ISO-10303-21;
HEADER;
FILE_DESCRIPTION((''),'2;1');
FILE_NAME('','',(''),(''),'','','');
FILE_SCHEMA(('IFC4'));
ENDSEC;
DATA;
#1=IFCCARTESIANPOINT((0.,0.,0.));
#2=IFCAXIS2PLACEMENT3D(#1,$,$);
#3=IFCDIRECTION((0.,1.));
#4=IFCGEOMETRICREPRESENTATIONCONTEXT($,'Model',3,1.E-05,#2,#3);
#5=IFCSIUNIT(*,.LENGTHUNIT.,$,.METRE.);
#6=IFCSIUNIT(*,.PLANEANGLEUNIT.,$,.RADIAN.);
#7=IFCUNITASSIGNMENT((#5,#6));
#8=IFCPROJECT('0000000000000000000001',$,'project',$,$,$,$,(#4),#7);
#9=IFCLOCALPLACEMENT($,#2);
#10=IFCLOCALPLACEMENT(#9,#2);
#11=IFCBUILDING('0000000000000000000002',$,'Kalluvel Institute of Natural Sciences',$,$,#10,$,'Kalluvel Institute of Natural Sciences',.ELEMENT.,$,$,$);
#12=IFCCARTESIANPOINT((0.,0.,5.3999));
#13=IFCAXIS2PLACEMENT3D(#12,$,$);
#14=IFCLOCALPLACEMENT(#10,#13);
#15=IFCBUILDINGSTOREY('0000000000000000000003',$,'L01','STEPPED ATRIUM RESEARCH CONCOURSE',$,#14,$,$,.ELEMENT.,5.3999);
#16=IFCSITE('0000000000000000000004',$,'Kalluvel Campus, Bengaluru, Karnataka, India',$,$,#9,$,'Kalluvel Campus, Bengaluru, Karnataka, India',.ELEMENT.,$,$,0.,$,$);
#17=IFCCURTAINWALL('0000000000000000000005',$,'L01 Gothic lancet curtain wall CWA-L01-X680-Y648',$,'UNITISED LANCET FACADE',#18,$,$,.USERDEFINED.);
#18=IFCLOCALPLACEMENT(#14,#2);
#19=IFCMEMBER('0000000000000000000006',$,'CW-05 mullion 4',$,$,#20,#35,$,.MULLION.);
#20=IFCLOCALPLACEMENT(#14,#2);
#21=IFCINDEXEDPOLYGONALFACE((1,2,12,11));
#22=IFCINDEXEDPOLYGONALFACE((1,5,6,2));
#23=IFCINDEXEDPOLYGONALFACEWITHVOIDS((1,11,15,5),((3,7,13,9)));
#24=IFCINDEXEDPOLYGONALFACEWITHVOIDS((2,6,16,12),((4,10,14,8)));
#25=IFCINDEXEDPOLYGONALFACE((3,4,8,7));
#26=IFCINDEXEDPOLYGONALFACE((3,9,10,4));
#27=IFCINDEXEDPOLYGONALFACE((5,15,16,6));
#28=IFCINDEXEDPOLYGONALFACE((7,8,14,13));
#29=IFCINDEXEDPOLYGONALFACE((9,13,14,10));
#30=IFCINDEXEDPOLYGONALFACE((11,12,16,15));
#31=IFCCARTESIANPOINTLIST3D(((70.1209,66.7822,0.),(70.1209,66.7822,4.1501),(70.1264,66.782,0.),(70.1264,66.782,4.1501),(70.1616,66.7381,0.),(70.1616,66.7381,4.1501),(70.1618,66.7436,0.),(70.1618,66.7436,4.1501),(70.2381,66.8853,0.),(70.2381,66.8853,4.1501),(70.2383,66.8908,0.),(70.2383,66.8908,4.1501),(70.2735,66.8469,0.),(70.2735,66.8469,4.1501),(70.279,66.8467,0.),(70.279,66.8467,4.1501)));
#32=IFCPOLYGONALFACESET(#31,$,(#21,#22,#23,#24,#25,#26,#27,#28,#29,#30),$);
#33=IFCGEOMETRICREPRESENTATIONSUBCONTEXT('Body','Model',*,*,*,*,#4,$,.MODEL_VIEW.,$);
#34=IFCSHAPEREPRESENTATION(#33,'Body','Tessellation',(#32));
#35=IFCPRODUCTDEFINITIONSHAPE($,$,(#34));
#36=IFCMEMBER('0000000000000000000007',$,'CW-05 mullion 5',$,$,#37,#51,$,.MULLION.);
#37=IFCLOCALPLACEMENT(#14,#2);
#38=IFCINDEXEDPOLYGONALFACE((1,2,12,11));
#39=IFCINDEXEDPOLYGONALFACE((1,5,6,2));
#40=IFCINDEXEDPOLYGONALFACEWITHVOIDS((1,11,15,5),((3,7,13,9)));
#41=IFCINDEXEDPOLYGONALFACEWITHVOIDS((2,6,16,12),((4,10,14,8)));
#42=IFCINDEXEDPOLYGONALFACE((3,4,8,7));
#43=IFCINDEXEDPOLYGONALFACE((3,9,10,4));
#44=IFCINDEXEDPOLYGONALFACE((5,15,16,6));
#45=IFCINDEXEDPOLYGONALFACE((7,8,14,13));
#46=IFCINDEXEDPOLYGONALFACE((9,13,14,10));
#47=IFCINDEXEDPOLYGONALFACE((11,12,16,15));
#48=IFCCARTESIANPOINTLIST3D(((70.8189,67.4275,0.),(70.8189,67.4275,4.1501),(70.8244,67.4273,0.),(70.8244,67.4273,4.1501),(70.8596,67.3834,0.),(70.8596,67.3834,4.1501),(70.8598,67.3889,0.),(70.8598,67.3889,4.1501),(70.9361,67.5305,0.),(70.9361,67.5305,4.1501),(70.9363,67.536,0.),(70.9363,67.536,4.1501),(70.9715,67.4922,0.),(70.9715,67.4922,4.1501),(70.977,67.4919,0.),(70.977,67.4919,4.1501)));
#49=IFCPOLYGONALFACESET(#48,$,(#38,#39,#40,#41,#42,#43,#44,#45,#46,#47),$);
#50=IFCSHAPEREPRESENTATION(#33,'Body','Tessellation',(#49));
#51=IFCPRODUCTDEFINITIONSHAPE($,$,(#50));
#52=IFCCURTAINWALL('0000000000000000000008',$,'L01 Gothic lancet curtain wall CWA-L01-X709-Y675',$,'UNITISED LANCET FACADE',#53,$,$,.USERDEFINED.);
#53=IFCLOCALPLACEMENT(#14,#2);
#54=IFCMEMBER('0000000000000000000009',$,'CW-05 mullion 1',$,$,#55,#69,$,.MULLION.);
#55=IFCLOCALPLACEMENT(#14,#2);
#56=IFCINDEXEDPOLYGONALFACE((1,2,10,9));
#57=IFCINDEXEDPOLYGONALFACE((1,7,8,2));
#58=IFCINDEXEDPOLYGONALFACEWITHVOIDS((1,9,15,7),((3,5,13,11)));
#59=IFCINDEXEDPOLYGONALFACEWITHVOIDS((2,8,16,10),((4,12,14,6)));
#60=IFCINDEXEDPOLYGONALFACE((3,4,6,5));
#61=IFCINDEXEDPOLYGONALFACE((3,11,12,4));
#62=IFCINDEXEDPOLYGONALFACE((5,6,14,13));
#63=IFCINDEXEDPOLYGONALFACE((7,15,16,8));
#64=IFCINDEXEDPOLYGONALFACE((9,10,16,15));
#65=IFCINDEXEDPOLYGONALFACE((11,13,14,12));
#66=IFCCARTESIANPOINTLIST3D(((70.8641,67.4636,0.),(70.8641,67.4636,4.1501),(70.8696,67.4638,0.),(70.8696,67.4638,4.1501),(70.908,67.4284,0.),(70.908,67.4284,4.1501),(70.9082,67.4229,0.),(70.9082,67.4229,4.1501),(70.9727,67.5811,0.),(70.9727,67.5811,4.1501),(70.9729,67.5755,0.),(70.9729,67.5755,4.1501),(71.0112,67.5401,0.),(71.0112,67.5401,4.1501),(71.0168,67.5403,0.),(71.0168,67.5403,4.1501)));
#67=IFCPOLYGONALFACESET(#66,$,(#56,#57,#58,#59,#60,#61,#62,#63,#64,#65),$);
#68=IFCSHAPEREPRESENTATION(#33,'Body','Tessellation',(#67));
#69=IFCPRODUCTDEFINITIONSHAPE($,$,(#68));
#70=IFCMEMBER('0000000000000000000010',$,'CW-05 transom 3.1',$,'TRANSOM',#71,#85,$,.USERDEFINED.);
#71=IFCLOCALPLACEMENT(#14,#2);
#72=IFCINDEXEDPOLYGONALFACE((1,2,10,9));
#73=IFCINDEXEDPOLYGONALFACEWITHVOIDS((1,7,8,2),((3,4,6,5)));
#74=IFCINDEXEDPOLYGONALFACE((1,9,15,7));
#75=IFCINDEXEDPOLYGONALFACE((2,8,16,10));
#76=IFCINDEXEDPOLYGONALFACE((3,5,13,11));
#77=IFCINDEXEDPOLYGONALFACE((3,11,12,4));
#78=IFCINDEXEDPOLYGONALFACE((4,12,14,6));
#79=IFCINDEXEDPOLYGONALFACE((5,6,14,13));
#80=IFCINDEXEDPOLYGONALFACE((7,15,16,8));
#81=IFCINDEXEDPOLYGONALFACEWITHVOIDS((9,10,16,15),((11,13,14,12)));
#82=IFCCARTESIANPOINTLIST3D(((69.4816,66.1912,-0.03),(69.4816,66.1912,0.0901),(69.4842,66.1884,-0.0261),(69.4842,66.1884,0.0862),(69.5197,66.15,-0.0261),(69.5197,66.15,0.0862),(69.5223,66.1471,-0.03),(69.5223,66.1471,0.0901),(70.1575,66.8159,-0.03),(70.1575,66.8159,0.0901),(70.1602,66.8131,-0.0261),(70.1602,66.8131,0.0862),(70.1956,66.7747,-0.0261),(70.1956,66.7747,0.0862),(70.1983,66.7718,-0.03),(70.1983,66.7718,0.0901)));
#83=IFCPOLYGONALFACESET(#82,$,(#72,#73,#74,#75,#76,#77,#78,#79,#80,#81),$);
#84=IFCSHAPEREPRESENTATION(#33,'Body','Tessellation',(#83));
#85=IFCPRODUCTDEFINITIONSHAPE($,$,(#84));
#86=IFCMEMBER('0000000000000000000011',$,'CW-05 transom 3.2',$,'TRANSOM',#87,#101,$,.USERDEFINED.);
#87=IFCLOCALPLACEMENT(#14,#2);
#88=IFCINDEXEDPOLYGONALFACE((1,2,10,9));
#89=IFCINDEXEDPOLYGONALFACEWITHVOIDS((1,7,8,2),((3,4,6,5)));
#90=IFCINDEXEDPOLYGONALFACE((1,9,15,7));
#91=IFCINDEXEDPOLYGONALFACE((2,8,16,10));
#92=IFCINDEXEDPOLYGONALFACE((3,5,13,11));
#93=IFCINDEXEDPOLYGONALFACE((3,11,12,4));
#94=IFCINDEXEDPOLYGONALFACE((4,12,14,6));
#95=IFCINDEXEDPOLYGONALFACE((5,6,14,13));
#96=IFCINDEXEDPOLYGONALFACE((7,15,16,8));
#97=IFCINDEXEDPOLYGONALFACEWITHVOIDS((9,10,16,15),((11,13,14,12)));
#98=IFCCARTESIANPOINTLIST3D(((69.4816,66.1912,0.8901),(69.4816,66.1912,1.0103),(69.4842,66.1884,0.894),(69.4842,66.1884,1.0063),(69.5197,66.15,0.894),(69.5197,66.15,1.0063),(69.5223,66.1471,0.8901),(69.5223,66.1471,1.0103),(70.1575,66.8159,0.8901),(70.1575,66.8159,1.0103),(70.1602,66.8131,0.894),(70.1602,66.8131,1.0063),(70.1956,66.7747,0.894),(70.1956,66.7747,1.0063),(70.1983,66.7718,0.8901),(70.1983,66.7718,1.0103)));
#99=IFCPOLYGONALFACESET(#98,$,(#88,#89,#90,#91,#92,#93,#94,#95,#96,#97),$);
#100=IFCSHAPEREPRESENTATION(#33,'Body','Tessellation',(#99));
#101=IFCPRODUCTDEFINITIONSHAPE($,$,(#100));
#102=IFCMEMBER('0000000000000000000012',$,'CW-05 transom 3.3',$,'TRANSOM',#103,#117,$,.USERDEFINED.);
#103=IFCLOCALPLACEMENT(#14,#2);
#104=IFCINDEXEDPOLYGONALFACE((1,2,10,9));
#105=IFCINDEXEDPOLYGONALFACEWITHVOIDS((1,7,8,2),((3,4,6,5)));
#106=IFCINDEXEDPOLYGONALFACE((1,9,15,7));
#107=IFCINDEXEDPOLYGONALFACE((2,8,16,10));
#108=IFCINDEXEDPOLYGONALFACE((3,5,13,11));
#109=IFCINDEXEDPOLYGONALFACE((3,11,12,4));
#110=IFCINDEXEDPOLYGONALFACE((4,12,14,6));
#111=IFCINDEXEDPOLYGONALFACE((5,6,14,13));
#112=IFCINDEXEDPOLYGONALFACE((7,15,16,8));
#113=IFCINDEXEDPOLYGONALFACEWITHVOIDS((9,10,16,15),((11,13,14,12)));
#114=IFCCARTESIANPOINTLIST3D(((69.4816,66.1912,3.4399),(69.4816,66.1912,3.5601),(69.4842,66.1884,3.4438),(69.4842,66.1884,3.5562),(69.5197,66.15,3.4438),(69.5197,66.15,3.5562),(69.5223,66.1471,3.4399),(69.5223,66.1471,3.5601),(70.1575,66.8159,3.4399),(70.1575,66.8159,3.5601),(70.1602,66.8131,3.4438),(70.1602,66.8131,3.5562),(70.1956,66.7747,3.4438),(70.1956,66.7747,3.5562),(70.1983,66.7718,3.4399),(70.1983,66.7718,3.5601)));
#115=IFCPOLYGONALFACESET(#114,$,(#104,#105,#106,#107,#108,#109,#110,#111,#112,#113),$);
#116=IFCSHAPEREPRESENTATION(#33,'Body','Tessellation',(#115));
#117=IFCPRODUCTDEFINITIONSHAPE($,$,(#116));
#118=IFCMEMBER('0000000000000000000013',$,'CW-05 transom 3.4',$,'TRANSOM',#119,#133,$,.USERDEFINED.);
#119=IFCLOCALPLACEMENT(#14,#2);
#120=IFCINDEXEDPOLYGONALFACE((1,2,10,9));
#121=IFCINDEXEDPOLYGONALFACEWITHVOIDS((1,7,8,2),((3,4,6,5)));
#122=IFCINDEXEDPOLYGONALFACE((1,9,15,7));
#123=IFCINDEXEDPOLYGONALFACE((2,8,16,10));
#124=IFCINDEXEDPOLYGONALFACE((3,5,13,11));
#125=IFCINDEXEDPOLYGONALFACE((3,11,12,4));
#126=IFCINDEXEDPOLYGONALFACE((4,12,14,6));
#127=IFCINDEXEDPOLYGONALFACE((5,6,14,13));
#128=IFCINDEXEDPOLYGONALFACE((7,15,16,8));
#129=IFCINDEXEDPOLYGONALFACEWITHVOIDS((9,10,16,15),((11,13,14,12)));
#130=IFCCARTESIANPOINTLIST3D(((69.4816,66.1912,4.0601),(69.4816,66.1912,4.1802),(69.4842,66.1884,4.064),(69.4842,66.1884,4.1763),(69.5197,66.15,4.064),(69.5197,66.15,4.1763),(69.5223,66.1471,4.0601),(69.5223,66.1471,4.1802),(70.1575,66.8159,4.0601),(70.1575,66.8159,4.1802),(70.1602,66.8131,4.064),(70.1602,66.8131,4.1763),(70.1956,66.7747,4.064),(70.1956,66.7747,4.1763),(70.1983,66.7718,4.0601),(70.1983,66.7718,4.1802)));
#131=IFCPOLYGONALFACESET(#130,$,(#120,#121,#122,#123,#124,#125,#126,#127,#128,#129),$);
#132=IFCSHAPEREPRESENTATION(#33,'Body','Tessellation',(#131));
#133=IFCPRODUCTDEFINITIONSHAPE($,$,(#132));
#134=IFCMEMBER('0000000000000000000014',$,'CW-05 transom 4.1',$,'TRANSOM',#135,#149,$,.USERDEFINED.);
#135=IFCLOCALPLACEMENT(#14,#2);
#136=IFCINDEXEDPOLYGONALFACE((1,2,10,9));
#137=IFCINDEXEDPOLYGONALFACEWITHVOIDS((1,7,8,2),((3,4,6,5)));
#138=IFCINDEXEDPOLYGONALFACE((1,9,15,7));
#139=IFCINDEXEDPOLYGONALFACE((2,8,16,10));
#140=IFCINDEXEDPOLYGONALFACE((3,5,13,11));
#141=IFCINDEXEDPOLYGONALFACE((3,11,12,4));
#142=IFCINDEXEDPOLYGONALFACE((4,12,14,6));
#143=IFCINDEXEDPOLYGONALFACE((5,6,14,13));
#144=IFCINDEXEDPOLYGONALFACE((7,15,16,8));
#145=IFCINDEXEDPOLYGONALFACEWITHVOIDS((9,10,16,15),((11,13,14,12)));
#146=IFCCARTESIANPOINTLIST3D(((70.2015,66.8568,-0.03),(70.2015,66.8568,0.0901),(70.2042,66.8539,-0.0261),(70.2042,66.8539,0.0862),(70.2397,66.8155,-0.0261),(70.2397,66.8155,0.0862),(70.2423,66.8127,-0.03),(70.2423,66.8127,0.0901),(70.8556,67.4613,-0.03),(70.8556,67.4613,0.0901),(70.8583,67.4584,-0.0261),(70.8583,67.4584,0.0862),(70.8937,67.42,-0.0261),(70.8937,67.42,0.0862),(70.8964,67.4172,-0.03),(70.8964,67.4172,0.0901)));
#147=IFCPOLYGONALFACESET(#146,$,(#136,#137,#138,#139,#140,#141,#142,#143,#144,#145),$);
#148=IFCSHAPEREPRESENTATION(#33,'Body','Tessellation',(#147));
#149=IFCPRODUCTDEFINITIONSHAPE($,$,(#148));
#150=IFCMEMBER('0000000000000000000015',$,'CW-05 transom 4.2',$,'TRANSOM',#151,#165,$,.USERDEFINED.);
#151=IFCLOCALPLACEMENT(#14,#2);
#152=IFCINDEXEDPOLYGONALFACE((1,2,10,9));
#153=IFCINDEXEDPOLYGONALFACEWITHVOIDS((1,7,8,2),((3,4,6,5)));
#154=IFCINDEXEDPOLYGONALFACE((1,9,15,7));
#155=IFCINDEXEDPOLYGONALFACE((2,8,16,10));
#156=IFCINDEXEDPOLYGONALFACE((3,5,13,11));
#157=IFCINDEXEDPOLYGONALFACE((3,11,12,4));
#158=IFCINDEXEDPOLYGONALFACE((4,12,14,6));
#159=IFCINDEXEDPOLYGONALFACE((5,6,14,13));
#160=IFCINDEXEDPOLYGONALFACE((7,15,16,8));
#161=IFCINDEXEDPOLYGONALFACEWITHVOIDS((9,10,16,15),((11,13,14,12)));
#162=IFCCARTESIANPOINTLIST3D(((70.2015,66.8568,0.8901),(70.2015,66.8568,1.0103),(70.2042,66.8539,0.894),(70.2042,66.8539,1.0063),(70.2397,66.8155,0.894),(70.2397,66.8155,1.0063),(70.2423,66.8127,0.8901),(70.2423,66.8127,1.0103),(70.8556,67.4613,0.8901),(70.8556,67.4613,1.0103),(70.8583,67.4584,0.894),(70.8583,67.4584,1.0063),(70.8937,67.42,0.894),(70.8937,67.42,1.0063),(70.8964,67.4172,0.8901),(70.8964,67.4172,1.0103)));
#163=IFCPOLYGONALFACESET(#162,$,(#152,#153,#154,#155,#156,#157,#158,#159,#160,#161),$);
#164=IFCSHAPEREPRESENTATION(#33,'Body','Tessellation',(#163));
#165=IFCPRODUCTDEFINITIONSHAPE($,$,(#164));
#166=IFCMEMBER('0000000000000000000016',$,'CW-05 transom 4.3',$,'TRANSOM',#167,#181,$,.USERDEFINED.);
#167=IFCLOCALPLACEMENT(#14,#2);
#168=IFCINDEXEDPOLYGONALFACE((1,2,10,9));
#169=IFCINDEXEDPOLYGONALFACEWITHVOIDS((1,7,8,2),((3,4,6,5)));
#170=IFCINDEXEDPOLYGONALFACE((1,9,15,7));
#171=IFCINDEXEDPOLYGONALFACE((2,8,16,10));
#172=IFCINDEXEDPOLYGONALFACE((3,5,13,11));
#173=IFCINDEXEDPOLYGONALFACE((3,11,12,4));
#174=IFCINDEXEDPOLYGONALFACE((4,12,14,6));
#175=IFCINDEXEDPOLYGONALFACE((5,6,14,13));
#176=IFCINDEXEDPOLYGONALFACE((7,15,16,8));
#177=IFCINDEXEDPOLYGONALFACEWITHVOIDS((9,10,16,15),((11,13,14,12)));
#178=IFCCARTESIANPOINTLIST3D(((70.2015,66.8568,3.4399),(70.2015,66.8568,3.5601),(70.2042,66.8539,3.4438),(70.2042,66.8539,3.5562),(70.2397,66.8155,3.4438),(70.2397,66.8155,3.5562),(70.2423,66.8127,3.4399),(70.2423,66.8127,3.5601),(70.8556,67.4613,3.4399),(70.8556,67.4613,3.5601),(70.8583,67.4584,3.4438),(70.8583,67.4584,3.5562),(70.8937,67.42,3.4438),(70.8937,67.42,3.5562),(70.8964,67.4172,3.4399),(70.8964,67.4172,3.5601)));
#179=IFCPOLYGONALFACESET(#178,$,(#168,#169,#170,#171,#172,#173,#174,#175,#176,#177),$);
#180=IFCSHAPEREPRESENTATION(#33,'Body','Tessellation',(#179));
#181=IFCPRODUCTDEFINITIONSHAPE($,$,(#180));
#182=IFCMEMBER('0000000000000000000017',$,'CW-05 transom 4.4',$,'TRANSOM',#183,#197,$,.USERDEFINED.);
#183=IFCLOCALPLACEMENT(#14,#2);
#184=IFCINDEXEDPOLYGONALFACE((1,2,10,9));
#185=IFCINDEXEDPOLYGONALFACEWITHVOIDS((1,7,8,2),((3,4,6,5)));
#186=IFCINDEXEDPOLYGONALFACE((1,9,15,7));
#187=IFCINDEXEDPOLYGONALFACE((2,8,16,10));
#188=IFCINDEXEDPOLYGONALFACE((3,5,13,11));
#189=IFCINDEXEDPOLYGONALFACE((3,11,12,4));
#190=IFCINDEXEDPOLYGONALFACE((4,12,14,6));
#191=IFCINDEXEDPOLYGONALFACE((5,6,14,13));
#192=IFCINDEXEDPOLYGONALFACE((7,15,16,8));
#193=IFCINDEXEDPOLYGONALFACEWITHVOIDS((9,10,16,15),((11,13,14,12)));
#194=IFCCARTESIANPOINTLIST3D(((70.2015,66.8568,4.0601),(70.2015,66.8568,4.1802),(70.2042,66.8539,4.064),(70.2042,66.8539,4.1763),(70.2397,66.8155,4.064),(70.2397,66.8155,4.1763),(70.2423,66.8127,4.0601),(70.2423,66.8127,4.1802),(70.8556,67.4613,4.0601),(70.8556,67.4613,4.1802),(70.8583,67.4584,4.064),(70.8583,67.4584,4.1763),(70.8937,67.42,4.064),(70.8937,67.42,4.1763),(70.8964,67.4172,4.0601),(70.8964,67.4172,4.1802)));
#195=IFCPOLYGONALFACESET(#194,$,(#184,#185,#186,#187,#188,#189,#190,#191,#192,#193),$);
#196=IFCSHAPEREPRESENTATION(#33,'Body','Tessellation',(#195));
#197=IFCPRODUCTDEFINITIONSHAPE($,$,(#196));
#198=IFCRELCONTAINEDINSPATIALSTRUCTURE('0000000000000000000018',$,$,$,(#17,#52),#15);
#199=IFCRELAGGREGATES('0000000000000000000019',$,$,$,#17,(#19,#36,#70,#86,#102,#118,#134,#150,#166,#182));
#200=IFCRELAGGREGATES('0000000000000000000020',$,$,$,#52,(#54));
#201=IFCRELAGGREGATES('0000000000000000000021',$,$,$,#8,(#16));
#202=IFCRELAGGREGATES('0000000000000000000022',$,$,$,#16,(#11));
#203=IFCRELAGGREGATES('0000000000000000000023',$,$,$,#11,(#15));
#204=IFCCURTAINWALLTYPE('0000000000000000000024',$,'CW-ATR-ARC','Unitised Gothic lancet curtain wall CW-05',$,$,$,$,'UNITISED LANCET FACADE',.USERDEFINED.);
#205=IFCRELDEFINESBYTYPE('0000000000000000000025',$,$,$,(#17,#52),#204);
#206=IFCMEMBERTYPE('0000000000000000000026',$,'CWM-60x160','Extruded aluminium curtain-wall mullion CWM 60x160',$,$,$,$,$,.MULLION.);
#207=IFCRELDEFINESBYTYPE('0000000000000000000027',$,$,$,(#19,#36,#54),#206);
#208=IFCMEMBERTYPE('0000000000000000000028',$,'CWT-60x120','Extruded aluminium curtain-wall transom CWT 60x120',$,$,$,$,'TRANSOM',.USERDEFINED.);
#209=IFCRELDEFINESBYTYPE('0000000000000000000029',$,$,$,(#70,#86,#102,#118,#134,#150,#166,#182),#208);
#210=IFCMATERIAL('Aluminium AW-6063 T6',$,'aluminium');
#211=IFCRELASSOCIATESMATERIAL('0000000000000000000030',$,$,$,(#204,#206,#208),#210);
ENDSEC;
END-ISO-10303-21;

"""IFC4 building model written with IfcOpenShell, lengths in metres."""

from ifc_helpers import new_model, si_unit, direction, frame, origin, origin_2d, place, context, subcontext, project, spatial, hollow_rectangle, extrude, material, material_profile, profile_set, type_object, element, aggregate, save


model = new_model("IFC4")

# Units and contexts
model_context = context("Model", 3, precision=1e-05, world=origin(), true_north=direction((0.0, 1.0)))
body_context = subcontext(model_context, "Body", "Model", "MODEL_VIEW")
ifc_project = project(units=[si_unit("LENGTHUNIT", "METRE"), si_unit("PLANEANGLEUNIT", "RADIAN")], contexts=[model_context])

# Site, building, storey
site_placement = place(None, origin())
site = spatial("IfcSite", under=ifc_project, at=site_placement, Name="Kalluvel Campus, Bengaluru, Karnataka, India", LongName="Kalluvel Campus, Bengaluru, Karnataka, India", CompositionType="ELEMENT", RefElevation=0.0)
building_placement = place(site_placement, origin())
building = spatial("IfcBuilding", under=site, at=building_placement, Name="Kalluvel Institute of Natural Sciences", LongName="Kalluvel Institute of Natural Sciences", CompositionType="ELEMENT")
storey_placement = place(building_placement, frame((0.0, 0.0, 5.3999)))
storey = spatial("IfcBuildingStorey", under=building, at=storey_placement, Name="L01", Description="STEPPED ATRIUM RESEARCH CONCOURSE", CompositionType="ELEMENT", Elevation=5.3999)

# Curtain wall, members
ifc_material_1 = material(Name="Aluminium AW-6063 T6", Category="aluminium")
curtain_wall_type = type_object("IfcCurtainWallType", Name="CW-ATR-ARC", Description="Unitised Gothic lancet curtain wall CW-05", ElementType="UNITISED LANCET FACADE", PredefinedType="USERDEFINED", material=ifc_material_1)
curtain_wall_1_placement = place(storey_placement, origin())
curtain_wall_1 = element("IfcCurtainWall", 1, at=curtain_wall_1_placement, inside=storey, type_object=curtain_wall_type, Name="L01 Gothic lancet curtain wall CWA-L01-X680-Y648", ObjectType="UNITISED LANCET FACADE", PredefinedType="USERDEFINED")
ifc_material_profile_1 = material_profile(ifc_material_1, hollow_rectangle(XDim=0.0601, YDim=0.1599, WallThickness=0.0039, at=origin_2d()), Name="CWM 60x160")
ifc_profile_set_1 = profile_set([ifc_material_profile_1], Name="Aluminium AW-6063 T6")
member_type_1 = type_object("IfcMemberType", Name="CWM-60x160", Description="Extruded aluminium curtain-wall mullion CWM 60x160", PredefinedType="MULLION", material=ifc_profile_set_1)
member_1_placement = place(storey_placement, frame((70.2, 66.8145, 0.0), z_axis=(0.0, 0.0, 1.0), x_axis=(-0.678796, 0.734327, 0.0)))
member_1 = element("IfcMember", 2, at=member_1_placement, type_object=member_type_1, Name="CW-05 mullion 4", PredefinedType="MULLION", context=body_context, shape_type="SweptSolid", body=[
    extrude(hollow_rectangle(XDim=0.0601, YDim=0.1599, WallThickness=0.0039, at=origin_2d()), origin(), (0.0, 0.0, 1.0), 4.1501),
])
member_2_placement = place(storey_placement, frame((70.8979, 67.4597, 0.0), z_axis=(0.0, 0.0, 1.0), x_axis=(-0.678796, 0.734327, 0.0)))
member_2 = element("IfcMember", 3, at=member_2_placement, type_object=member_type_1, Name="CW-05 mullion 5", PredefinedType="MULLION", context=body_context, shape_type="SweptSolid", body=[
    extrude(hollow_rectangle(XDim=0.0601, YDim=0.1599, WallThickness=0.0039, at=origin_2d()), origin(), (0.0, 0.0, 1.0), 4.1501),
])

# Curtain wall, member
curtain_wall_2_placement = place(storey_placement, origin())
curtain_wall_2 = element("IfcCurtainWall", 4, at=curtain_wall_2_placement, inside=storey, type_object=curtain_wall_type, Name="L01 Gothic lancet curtain wall CWA-L01-X709-Y675", ObjectType="UNITISED LANCET FACADE", PredefinedType="USERDEFINED")
member_3_placement = place(storey_placement, frame((70.9404, 67.502, 0.0), z_axis=(0.0, 0.0, 1.0), x_axis=(-0.734327, 0.678796, 0.0)))
member_3 = element("IfcMember", 5, at=member_3_placement, type_object=member_type_1, Name="CW-05 mullion 1", PredefinedType="MULLION", context=body_context, shape_type="SweptSolid", body=[
    extrude(hollow_rectangle(XDim=0.0601, YDim=0.1599, WallThickness=0.0039, at=origin_2d()), origin(), (0.0, 0.0, 1.0), 4.1501),
])

# Members
ifc_material_profile_2 = material_profile(ifc_material_1, hollow_rectangle(XDim=0.0601, YDim=0.1201, WallThickness=0.0039, at=origin_2d()), Name="CWT 60x120")
ifc_profile_set_2 = profile_set([ifc_material_profile_2], Name="Aluminium AW-6063 T6")
member_type_2 = type_object("IfcMemberType", Name="CWT-60x120", Description="Extruded aluminium curtain-wall transom CWT 60x120", ElementType="TRANSOM", PredefinedType="USERDEFINED", material=ifc_profile_set_2)
member_4_placement = place(storey_placement, frame((69.502, 66.1692, 0.03), z_axis=(0.734407, 0.67871, 0.0), x_axis=(-0.67871, 0.734407, 0.0)))
member_4 = element("IfcMember", 6, at=member_4_placement, type_object=member_type_2, Name="CW-05 transom 3.1", ObjectType="TRANSOM", PredefinedType="USERDEFINED", context=body_context, shape_type="SweptSolid", body=[
    extrude(hollow_rectangle(XDim=0.0601, YDim=0.1201, WallThickness=0.0039, at=origin_2d()), origin(), (0.0, 0.0, 1.0), 0.9204),
])
member_5_placement = place(storey_placement, frame((69.502, 66.1692, 0.9502), z_axis=(0.734407, 0.67871, 0.0), x_axis=(-0.67871, 0.734407, 0.0)))
member_5 = element("IfcMember", 7, at=member_5_placement, type_object=member_type_2, Name="CW-05 transom 3.2", ObjectType="TRANSOM", PredefinedType="USERDEFINED", context=body_context, shape_type="SweptSolid", body=[
    extrude(hollow_rectangle(XDim=0.0601, YDim=0.1201, WallThickness=0.0039, at=origin_2d()), origin(), (0.0, 0.0, 1.0), 0.9204),
])
member_6_placement = place(storey_placement, frame((69.502, 66.1692, 3.5), z_axis=(0.734407, 0.67871, 0.0), x_axis=(-0.67871, 0.734407, 0.0)))
member_6 = element("IfcMember", 8, at=member_6_placement, type_object=member_type_2, Name="CW-05 transom 3.3", ObjectType="TRANSOM", PredefinedType="USERDEFINED", context=body_context, shape_type="SweptSolid", body=[
    extrude(hollow_rectangle(XDim=0.0601, YDim=0.1201, WallThickness=0.0039, at=origin_2d()), origin(), (0.0, 0.0, 1.0), 0.9204),
])
member_7_placement = place(storey_placement, frame((69.502, 66.1692, 4.1201), z_axis=(0.734407, 0.67871, 0.0), x_axis=(-0.67871, 0.734407, 0.0)))
member_7 = element("IfcMember", 9, at=member_7_placement, type_object=member_type_2, Name="CW-05 transom 3.4", ObjectType="TRANSOM", PredefinedType="USERDEFINED", context=body_context, shape_type="SweptSolid", body=[
    extrude(hollow_rectangle(XDim=0.0601, YDim=0.1201, WallThickness=0.0039, at=origin_2d()), origin(), (0.0, 0.0, 1.0), 0.9204),
])
member_8_placement = place(storey_placement, frame((70.2219, 66.8347, 0.03), z_axis=(0.734383, 0.678735, 0.0), x_axis=(-0.678735, 0.734383, 0.0)))
member_8 = element("IfcMember", 10, at=member_8_placement, type_object=member_type_2, Name="CW-05 transom 4.1", ObjectType="TRANSOM", PredefinedType="USERDEFINED", context=body_context, shape_type="SweptSolid", body=[
    extrude(hollow_rectangle(XDim=0.0601, YDim=0.1201, WallThickness=0.0039, at=origin_2d()), origin(), (0.0, 0.0, 1.0), 0.8906),
])
member_9_placement = place(storey_placement, frame((70.2219, 66.8347, 0.9502), z_axis=(0.734383, 0.678735, 0.0), x_axis=(-0.678735, 0.734383, 0.0)))
member_9 = element("IfcMember", 11, at=member_9_placement, type_object=member_type_2, Name="CW-05 transom 4.2", ObjectType="TRANSOM", PredefinedType="USERDEFINED", context=body_context, shape_type="SweptSolid", body=[
    extrude(hollow_rectangle(XDim=0.0601, YDim=0.1201, WallThickness=0.0039, at=origin_2d()), origin(), (0.0, 0.0, 1.0), 0.8906),
])
member_10_placement = place(storey_placement, frame((70.2219, 66.8347, 3.5), z_axis=(0.734383, 0.678735, 0.0), x_axis=(-0.678735, 0.734383, 0.0)))
member_10 = element("IfcMember", 12, at=member_10_placement, type_object=member_type_2, Name="CW-05 transom 4.3", ObjectType="TRANSOM", PredefinedType="USERDEFINED", context=body_context, shape_type="SweptSolid", body=[
    extrude(hollow_rectangle(XDim=0.0601, YDim=0.1201, WallThickness=0.0039, at=origin_2d()), origin(), (0.0, 0.0, 1.0), 0.8906),
])
member_11_placement = place(storey_placement, frame((70.2219, 66.8347, 4.1201), z_axis=(0.734383, 0.678735, 0.0), x_axis=(-0.678735, 0.734383, 0.0)))
member_11 = element("IfcMember", 13, at=member_11_placement, type_object=member_type_2, Name="CW-05 transom 4.4", ObjectType="TRANSOM", PredefinedType="USERDEFINED", context=body_context, shape_type="SweptSolid", body=[
    extrude(hollow_rectangle(XDim=0.0601, YDim=0.1201, WallThickness=0.0039, at=origin_2d()), origin(), (0.0, 0.0, 1.0), 0.8906),
])

aggregate(curtain_wall_1, [member_1, member_2, member_4, member_5, member_6, member_7, member_8, member_9, member_10, member_11])
aggregate(curtain_wall_2, [member_3])

save(model, "model.ifc")
